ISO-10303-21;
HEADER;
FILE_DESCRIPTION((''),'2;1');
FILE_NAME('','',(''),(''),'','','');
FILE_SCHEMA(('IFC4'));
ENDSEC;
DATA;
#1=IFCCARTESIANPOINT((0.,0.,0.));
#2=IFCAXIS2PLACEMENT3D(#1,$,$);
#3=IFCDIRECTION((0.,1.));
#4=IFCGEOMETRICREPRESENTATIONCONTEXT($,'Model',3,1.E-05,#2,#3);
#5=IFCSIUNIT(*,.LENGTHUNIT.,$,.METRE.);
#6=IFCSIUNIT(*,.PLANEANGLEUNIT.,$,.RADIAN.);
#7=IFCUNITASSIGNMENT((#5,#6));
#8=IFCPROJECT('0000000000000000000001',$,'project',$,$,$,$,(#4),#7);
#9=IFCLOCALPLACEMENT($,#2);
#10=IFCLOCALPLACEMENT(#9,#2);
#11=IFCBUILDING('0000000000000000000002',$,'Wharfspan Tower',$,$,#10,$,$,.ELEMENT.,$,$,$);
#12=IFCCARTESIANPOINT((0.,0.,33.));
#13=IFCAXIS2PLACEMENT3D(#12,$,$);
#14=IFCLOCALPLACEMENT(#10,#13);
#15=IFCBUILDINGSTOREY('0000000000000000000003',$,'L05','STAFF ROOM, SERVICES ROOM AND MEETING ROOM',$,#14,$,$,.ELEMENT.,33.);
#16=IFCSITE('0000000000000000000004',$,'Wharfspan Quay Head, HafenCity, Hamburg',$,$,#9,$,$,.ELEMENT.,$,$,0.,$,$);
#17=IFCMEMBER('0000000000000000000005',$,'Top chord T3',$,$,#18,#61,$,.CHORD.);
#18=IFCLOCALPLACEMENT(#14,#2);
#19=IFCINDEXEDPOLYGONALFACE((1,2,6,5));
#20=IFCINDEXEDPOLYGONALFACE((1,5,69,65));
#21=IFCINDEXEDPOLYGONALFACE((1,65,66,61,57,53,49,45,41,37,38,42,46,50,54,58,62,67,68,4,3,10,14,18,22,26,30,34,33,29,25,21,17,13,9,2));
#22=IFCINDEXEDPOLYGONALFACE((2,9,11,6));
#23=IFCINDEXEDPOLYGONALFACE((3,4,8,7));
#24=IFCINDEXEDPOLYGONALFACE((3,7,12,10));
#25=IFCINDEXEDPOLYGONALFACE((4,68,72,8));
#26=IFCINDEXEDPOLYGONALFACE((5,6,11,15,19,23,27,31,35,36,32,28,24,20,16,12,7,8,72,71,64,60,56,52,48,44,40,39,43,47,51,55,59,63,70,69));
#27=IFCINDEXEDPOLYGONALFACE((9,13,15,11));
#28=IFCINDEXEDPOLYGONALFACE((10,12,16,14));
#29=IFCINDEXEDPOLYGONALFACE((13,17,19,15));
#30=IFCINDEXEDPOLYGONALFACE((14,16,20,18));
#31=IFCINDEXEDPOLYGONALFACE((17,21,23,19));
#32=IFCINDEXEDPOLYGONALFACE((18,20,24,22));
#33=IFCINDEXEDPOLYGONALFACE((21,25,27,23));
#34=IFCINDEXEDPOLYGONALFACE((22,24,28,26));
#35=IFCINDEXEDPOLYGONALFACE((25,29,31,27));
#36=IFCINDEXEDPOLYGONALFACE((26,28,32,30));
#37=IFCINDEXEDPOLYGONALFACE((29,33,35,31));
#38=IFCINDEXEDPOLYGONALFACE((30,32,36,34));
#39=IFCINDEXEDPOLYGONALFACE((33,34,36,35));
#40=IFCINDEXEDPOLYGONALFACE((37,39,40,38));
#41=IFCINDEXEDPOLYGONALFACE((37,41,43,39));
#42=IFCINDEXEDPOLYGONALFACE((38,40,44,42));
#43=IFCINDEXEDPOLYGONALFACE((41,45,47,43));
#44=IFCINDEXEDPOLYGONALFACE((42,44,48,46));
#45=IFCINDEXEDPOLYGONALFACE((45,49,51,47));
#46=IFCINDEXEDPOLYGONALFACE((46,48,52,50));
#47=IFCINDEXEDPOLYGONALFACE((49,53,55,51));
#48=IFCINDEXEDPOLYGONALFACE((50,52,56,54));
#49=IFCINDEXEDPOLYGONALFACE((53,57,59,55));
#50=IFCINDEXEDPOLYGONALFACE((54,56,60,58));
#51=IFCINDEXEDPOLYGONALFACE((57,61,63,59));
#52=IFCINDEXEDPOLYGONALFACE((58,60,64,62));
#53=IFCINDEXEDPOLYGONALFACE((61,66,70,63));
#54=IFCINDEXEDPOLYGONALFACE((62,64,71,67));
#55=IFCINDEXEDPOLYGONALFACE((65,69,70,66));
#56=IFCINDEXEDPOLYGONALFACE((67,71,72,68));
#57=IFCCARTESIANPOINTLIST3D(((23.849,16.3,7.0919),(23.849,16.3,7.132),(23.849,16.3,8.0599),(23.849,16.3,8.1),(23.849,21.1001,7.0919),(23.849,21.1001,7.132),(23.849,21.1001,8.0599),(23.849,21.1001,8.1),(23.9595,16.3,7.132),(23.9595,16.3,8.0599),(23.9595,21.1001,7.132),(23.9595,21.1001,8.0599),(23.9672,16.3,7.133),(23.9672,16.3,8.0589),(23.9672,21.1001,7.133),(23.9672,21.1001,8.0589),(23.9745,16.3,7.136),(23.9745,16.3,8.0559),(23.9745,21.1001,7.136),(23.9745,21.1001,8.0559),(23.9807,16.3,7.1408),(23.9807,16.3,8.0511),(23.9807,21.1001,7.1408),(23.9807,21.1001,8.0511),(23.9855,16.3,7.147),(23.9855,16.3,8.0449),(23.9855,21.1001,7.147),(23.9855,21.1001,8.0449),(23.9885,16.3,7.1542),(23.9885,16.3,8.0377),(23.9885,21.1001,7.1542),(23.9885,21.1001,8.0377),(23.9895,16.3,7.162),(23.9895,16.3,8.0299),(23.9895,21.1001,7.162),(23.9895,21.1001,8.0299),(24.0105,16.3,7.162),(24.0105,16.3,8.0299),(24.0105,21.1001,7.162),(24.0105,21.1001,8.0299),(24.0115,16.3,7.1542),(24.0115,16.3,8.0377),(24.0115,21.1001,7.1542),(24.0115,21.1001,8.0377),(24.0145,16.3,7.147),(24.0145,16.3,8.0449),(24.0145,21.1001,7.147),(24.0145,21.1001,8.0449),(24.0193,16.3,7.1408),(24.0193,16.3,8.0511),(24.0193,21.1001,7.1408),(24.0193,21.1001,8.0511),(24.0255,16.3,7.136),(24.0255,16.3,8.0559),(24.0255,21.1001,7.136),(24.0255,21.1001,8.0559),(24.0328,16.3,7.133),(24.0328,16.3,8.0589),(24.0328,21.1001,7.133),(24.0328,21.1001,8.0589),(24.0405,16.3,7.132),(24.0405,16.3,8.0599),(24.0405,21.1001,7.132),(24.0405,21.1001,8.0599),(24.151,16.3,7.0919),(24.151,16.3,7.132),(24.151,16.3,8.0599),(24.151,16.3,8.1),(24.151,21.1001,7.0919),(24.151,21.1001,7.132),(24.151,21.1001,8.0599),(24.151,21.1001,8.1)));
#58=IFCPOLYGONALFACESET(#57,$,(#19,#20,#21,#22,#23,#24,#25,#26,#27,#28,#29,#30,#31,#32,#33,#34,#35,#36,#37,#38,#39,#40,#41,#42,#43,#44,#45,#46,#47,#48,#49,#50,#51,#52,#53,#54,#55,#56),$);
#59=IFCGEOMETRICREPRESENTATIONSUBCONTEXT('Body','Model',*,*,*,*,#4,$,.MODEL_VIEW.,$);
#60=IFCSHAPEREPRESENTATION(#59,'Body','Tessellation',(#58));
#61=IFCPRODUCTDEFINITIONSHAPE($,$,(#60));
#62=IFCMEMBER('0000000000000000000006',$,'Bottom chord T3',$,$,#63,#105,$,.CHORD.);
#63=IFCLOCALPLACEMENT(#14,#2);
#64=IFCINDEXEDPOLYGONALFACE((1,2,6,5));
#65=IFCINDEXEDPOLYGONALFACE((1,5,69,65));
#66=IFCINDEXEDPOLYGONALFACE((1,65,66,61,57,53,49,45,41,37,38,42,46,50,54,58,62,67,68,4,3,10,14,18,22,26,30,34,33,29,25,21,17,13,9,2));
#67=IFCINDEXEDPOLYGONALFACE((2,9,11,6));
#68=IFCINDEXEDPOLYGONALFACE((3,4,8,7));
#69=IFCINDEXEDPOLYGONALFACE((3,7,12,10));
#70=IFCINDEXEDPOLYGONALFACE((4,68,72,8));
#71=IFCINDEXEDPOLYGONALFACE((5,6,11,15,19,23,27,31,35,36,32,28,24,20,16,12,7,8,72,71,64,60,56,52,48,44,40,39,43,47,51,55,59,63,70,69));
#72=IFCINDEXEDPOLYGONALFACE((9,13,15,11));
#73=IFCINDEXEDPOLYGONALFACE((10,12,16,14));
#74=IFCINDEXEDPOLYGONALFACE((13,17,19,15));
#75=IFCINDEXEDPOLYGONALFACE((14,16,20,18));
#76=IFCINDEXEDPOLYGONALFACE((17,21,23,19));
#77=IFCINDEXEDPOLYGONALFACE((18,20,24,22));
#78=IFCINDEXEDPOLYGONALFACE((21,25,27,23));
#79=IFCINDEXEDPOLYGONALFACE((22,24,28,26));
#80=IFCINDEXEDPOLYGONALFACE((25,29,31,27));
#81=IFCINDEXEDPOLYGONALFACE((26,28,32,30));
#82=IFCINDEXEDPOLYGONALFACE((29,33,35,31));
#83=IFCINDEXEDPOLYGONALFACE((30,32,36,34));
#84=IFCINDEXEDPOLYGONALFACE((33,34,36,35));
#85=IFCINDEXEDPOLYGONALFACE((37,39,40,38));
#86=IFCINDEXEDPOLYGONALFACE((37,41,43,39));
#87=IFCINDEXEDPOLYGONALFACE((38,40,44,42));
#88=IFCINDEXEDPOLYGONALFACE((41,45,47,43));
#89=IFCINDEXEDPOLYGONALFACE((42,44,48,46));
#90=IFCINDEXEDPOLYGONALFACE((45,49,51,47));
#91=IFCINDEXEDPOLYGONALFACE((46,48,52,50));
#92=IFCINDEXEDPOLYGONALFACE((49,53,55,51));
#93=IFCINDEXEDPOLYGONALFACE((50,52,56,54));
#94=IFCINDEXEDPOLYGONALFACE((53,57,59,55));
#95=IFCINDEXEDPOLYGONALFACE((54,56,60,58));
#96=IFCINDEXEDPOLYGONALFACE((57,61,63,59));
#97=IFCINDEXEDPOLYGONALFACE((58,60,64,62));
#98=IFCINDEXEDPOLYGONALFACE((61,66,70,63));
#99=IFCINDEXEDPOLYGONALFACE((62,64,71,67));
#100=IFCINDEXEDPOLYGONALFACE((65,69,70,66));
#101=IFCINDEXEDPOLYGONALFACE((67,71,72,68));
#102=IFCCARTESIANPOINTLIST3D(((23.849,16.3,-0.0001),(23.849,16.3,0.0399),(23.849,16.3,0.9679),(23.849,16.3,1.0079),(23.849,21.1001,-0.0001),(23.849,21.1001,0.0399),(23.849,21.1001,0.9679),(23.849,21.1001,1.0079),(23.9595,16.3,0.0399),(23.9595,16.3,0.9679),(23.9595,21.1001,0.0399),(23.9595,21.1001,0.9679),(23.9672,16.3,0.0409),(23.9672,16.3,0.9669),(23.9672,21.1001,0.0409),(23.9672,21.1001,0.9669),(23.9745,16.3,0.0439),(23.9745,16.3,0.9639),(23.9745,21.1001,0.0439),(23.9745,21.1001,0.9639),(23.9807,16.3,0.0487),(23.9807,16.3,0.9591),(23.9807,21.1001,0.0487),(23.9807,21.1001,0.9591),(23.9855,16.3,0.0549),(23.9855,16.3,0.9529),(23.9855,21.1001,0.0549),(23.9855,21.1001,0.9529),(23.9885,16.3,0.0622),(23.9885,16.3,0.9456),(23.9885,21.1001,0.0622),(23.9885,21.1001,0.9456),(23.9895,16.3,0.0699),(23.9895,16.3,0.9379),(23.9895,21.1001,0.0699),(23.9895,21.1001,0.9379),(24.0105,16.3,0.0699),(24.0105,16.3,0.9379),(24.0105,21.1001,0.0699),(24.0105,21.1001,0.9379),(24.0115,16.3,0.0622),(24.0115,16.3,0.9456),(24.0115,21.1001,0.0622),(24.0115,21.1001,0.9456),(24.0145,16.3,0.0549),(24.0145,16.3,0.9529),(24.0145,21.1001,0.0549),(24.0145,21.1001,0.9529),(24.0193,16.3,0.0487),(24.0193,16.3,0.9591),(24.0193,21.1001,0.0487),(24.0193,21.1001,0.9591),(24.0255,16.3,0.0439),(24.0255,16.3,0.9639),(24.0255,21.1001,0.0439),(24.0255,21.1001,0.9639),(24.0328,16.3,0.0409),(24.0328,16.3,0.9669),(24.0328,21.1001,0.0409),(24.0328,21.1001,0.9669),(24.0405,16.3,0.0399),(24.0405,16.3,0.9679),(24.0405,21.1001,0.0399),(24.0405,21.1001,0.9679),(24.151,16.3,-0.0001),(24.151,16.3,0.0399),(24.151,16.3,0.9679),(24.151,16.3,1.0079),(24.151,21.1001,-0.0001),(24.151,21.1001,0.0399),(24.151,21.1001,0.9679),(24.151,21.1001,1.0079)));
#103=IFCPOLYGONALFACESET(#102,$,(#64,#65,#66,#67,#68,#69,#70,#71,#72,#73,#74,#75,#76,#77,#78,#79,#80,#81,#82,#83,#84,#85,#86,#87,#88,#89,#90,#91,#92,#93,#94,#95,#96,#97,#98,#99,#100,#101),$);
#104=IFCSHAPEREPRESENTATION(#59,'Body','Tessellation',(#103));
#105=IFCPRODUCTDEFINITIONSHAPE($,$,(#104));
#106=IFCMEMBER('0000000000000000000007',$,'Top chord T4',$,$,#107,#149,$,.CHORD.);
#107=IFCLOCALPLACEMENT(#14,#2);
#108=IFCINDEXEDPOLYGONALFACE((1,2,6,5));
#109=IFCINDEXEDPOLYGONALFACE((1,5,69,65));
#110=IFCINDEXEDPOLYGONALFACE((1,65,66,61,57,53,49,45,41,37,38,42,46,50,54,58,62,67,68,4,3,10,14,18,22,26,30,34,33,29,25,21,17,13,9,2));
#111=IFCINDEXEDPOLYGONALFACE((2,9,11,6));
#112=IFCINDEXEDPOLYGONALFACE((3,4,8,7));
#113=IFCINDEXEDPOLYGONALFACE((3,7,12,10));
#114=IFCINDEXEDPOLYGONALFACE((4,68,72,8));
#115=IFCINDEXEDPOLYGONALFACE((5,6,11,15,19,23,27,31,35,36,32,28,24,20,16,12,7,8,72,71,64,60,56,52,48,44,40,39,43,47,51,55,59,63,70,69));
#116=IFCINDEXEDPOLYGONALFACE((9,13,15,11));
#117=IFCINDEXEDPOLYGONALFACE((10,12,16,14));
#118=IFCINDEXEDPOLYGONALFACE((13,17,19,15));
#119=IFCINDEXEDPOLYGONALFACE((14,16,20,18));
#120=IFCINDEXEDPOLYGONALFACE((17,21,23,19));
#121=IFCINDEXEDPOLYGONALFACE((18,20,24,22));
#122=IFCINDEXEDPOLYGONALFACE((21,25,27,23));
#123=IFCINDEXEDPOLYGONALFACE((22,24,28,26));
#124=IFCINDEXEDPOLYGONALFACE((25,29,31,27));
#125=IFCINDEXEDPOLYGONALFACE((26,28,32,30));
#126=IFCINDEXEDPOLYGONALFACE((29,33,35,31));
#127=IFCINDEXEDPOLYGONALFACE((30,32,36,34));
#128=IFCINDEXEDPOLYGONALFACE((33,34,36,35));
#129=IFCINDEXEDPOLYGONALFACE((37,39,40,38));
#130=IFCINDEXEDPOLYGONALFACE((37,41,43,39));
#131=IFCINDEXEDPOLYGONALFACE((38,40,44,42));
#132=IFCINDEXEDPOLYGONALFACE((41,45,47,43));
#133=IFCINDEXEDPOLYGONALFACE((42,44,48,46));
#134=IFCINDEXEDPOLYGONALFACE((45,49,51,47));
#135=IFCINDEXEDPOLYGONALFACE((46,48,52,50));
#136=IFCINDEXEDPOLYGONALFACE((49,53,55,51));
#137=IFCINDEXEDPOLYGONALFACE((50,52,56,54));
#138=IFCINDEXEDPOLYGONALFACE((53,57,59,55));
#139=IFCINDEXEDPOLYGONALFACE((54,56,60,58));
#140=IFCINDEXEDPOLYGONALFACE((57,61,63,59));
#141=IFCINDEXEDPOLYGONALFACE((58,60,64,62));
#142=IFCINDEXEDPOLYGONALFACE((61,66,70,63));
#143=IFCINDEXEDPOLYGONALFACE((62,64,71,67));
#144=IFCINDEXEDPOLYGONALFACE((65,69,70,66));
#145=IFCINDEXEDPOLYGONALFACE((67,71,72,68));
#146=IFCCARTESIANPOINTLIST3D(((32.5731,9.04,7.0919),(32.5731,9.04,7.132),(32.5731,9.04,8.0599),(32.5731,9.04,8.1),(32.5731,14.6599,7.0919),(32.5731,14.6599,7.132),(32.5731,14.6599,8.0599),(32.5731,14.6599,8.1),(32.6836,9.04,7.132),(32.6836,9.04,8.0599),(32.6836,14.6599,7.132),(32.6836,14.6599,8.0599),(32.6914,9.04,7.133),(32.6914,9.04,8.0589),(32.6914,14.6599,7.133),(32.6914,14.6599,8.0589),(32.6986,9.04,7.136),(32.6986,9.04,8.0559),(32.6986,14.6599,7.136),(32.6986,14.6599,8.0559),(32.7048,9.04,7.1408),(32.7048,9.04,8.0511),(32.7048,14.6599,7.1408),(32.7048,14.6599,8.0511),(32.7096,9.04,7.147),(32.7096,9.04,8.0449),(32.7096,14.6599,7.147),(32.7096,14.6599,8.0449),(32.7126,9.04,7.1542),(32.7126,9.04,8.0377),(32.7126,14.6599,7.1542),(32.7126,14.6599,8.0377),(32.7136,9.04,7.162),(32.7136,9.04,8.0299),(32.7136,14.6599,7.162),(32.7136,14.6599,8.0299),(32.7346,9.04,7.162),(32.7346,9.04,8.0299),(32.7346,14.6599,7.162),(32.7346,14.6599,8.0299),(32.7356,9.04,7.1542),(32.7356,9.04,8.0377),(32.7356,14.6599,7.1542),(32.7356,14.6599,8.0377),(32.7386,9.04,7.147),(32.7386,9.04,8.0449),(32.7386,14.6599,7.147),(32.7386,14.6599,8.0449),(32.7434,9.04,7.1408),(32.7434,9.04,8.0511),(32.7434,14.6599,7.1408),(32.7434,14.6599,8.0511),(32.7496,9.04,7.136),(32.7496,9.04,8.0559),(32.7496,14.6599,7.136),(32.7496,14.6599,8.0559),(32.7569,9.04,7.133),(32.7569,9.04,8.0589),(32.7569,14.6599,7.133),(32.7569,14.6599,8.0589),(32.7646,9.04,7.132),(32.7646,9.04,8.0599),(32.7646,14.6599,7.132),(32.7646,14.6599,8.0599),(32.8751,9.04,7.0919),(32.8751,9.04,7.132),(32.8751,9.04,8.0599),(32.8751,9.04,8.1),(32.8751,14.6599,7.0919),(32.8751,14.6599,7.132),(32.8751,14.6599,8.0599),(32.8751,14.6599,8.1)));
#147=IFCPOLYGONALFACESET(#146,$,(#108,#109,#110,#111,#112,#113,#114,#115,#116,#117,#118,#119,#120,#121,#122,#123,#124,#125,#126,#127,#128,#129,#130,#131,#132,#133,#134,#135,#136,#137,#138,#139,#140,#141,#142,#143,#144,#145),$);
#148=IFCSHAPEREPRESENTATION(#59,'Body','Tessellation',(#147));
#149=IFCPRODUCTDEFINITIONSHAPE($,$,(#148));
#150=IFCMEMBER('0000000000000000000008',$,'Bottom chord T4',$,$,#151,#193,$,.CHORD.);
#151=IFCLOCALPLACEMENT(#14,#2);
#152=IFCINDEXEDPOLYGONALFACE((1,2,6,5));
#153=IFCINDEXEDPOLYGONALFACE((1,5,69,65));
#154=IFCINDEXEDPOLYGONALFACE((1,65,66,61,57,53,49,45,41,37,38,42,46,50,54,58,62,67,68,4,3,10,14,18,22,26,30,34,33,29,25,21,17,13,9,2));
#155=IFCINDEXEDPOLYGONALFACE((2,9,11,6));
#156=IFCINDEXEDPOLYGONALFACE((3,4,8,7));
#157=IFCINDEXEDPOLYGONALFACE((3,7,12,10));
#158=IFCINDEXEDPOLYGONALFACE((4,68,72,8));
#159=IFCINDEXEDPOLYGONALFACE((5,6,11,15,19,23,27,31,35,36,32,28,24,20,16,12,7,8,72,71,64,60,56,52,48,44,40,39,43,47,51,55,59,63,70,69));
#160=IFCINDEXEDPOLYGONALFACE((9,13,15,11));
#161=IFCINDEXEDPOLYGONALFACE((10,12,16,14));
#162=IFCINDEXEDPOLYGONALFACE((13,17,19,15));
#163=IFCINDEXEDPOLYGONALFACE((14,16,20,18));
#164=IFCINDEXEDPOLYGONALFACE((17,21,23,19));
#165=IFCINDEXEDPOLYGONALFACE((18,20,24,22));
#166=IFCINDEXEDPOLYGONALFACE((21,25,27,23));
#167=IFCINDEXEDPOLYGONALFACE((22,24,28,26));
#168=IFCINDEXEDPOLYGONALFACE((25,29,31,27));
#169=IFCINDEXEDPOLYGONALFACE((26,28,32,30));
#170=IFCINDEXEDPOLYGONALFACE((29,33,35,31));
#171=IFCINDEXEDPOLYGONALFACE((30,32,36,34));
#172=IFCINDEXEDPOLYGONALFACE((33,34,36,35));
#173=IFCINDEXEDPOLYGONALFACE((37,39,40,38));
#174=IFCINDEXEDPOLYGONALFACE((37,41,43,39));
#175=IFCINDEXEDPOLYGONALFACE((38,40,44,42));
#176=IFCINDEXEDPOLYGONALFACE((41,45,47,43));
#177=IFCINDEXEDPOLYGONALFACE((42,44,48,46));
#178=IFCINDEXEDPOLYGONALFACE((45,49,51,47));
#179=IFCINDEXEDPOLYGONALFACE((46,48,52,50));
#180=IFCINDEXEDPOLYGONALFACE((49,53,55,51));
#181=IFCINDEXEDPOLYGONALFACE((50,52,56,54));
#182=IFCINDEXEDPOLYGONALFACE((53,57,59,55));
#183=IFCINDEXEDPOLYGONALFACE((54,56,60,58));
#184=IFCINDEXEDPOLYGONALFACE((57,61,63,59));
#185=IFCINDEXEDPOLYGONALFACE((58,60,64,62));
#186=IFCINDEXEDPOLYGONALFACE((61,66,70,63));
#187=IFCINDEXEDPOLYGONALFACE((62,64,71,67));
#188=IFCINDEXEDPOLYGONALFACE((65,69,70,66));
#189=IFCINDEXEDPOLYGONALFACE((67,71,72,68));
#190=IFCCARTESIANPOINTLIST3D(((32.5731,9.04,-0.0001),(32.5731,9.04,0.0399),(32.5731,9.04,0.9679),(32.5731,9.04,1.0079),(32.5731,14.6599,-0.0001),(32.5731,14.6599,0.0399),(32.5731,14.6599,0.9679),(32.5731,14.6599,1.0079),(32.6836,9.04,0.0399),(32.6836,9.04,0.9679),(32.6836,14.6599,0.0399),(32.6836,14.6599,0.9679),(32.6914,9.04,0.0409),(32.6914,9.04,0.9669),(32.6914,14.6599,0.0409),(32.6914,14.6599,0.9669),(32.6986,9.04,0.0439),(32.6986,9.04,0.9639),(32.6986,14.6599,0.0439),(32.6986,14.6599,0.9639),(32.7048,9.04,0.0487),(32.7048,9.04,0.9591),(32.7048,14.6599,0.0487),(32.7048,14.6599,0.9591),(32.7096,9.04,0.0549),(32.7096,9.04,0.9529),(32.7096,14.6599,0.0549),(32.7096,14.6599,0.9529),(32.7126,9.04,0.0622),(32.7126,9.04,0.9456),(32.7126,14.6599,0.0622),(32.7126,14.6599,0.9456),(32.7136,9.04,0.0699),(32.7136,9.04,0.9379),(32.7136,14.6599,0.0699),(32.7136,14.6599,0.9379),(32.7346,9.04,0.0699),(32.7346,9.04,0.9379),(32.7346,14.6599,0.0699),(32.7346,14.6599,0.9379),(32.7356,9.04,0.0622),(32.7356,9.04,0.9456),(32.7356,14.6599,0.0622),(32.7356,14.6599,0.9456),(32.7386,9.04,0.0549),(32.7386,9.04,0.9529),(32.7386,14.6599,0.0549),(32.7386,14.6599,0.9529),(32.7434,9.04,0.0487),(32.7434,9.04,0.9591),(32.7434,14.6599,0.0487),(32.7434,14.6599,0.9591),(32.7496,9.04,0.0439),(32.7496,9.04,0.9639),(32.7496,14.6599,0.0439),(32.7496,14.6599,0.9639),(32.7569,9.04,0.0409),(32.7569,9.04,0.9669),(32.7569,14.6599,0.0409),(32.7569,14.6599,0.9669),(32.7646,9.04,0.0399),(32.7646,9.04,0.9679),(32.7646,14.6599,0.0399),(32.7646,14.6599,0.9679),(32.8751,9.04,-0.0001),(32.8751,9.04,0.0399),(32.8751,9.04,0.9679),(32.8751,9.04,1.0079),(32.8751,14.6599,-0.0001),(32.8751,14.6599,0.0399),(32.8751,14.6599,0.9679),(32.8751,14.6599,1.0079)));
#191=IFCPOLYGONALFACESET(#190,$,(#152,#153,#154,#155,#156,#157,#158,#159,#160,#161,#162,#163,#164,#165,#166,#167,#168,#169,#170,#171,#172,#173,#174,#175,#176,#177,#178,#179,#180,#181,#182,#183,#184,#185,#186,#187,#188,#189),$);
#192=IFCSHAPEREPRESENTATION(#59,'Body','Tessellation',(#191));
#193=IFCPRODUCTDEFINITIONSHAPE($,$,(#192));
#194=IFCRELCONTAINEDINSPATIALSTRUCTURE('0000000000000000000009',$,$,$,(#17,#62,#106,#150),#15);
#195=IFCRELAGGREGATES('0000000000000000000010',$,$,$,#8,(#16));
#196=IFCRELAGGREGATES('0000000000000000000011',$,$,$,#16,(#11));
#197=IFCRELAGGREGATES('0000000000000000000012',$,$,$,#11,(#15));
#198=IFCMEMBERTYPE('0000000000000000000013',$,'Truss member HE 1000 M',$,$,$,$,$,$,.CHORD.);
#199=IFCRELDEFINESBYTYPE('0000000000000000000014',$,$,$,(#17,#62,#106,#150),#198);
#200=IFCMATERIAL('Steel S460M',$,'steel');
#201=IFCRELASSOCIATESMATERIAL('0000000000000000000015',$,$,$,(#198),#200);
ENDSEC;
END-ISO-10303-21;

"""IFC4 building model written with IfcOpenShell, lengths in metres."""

from ifc_helpers import new_model, si_unit, direction, frame, origin, origin_2d, place, context, subcontext, project, spatial, i_section, extrude, material, material_profile, profile_set, type_object, element, save


model = new_model("IFC4")

# Units and contexts
model_context = context("Model", 3, precision=1e-05, world=origin(), true_north=direction((0.0, 1.0)))
body_context = subcontext(model_context, "Body", "Model", "MODEL_VIEW")
ifc_project = project(units=[si_unit("LENGTHUNIT", "METRE"), si_unit("PLANEANGLEUNIT", "RADIAN")], contexts=[model_context])

# Site, building, storey
site_placement = place(None, origin())
site = spatial("IfcSite", under=ifc_project, at=site_placement, Name="Wharfspan Quay Head, HafenCity, Hamburg", CompositionType="ELEMENT", RefElevation=0.0)
building_placement = place(site_placement, origin())
building = spatial("IfcBuilding", under=site, at=building_placement, Name="Wharfspan Tower", CompositionType="ELEMENT")
storey_placement = place(building_placement, frame((0.0, 0.0, 33.0)))
storey = spatial("IfcBuildingStorey", under=building, at=storey_placement, Name="L05", Description="STAFF ROOM, SERVICES ROOM AND MEETING ROOM", CompositionType="ELEMENT", Elevation=33.0)

# Members
ifc_material_1 = material(Name="Steel S460M", Category="steel")
ifc_material_profile_1 = material_profile(ifc_material_1, i_section(OverallWidth=0.302, OverallDepth=1.0081, WebThickness=0.021, FlangeThickness=0.04, FilletRadius=0.03, at=origin_2d()))
ifc_profile_set_1 = profile_set([ifc_material_profile_1], Name="Steel S460M")
member_type_1 = type_object("IfcMemberType", Name="Truss member HE 1000 M", PredefinedType="CHORD", material=ifc_profile_set_1)
for number, where, z_axis, x_axis, name in (
    (1, (24.0, 16.3, 7.5959), (0.0, 1.0, 0.0), (-1.0, 0.0, 0.0), "Top chord T3"),
    (2, (24.0, 16.3, 0.5039), (0.0, 1.0, 0.0), (-1.0, 0.0, 0.0), "Bottom chord T3"),
):
    element("IfcMember", number, at=place(storey_placement, frame(where, z_axis=z_axis, x_axis=x_axis)), inside=storey, type_object=member_type_1, Name=name, PredefinedType="CHORD", context=body_context, shape_type="SweptSolid", body=[
        extrude(i_section(OverallWidth=0.302, OverallDepth=1.0081, WebThickness=0.021, FlangeThickness=0.04, FilletRadius=0.03, at=origin_2d()), origin(), (0.0, 0.0, 1.0), 4.8),
    ])
for number, where, z_axis, x_axis, name in (
    (3, (32.7241, 9.04, 7.5959), (0.0, 1.0, 0.0), (-1.0, 0.0, 0.0), "Top chord T4"),
    (4, (32.7241, 9.04, 0.5039), (0.0, 1.0, 0.0), (-1.0, 0.0, 0.0), "Bottom chord T4"),
):
    element("IfcMember", number, at=place(storey_placement, frame(where, z_axis=z_axis, x_axis=x_axis)), inside=storey, type_object=member_type_1, Name=name, PredefinedType="CHORD", context=body_context, shape_type="SweptSolid", body=[
        extrude(i_section(OverallWidth=0.302, OverallDepth=1.0081, WebThickness=0.021, FlangeThickness=0.04, FilletRadius=0.03, at=origin_2d()), origin(), (0.0, 0.0, 1.0), 5.6199),
    ])

save(model, "model.ifc")
